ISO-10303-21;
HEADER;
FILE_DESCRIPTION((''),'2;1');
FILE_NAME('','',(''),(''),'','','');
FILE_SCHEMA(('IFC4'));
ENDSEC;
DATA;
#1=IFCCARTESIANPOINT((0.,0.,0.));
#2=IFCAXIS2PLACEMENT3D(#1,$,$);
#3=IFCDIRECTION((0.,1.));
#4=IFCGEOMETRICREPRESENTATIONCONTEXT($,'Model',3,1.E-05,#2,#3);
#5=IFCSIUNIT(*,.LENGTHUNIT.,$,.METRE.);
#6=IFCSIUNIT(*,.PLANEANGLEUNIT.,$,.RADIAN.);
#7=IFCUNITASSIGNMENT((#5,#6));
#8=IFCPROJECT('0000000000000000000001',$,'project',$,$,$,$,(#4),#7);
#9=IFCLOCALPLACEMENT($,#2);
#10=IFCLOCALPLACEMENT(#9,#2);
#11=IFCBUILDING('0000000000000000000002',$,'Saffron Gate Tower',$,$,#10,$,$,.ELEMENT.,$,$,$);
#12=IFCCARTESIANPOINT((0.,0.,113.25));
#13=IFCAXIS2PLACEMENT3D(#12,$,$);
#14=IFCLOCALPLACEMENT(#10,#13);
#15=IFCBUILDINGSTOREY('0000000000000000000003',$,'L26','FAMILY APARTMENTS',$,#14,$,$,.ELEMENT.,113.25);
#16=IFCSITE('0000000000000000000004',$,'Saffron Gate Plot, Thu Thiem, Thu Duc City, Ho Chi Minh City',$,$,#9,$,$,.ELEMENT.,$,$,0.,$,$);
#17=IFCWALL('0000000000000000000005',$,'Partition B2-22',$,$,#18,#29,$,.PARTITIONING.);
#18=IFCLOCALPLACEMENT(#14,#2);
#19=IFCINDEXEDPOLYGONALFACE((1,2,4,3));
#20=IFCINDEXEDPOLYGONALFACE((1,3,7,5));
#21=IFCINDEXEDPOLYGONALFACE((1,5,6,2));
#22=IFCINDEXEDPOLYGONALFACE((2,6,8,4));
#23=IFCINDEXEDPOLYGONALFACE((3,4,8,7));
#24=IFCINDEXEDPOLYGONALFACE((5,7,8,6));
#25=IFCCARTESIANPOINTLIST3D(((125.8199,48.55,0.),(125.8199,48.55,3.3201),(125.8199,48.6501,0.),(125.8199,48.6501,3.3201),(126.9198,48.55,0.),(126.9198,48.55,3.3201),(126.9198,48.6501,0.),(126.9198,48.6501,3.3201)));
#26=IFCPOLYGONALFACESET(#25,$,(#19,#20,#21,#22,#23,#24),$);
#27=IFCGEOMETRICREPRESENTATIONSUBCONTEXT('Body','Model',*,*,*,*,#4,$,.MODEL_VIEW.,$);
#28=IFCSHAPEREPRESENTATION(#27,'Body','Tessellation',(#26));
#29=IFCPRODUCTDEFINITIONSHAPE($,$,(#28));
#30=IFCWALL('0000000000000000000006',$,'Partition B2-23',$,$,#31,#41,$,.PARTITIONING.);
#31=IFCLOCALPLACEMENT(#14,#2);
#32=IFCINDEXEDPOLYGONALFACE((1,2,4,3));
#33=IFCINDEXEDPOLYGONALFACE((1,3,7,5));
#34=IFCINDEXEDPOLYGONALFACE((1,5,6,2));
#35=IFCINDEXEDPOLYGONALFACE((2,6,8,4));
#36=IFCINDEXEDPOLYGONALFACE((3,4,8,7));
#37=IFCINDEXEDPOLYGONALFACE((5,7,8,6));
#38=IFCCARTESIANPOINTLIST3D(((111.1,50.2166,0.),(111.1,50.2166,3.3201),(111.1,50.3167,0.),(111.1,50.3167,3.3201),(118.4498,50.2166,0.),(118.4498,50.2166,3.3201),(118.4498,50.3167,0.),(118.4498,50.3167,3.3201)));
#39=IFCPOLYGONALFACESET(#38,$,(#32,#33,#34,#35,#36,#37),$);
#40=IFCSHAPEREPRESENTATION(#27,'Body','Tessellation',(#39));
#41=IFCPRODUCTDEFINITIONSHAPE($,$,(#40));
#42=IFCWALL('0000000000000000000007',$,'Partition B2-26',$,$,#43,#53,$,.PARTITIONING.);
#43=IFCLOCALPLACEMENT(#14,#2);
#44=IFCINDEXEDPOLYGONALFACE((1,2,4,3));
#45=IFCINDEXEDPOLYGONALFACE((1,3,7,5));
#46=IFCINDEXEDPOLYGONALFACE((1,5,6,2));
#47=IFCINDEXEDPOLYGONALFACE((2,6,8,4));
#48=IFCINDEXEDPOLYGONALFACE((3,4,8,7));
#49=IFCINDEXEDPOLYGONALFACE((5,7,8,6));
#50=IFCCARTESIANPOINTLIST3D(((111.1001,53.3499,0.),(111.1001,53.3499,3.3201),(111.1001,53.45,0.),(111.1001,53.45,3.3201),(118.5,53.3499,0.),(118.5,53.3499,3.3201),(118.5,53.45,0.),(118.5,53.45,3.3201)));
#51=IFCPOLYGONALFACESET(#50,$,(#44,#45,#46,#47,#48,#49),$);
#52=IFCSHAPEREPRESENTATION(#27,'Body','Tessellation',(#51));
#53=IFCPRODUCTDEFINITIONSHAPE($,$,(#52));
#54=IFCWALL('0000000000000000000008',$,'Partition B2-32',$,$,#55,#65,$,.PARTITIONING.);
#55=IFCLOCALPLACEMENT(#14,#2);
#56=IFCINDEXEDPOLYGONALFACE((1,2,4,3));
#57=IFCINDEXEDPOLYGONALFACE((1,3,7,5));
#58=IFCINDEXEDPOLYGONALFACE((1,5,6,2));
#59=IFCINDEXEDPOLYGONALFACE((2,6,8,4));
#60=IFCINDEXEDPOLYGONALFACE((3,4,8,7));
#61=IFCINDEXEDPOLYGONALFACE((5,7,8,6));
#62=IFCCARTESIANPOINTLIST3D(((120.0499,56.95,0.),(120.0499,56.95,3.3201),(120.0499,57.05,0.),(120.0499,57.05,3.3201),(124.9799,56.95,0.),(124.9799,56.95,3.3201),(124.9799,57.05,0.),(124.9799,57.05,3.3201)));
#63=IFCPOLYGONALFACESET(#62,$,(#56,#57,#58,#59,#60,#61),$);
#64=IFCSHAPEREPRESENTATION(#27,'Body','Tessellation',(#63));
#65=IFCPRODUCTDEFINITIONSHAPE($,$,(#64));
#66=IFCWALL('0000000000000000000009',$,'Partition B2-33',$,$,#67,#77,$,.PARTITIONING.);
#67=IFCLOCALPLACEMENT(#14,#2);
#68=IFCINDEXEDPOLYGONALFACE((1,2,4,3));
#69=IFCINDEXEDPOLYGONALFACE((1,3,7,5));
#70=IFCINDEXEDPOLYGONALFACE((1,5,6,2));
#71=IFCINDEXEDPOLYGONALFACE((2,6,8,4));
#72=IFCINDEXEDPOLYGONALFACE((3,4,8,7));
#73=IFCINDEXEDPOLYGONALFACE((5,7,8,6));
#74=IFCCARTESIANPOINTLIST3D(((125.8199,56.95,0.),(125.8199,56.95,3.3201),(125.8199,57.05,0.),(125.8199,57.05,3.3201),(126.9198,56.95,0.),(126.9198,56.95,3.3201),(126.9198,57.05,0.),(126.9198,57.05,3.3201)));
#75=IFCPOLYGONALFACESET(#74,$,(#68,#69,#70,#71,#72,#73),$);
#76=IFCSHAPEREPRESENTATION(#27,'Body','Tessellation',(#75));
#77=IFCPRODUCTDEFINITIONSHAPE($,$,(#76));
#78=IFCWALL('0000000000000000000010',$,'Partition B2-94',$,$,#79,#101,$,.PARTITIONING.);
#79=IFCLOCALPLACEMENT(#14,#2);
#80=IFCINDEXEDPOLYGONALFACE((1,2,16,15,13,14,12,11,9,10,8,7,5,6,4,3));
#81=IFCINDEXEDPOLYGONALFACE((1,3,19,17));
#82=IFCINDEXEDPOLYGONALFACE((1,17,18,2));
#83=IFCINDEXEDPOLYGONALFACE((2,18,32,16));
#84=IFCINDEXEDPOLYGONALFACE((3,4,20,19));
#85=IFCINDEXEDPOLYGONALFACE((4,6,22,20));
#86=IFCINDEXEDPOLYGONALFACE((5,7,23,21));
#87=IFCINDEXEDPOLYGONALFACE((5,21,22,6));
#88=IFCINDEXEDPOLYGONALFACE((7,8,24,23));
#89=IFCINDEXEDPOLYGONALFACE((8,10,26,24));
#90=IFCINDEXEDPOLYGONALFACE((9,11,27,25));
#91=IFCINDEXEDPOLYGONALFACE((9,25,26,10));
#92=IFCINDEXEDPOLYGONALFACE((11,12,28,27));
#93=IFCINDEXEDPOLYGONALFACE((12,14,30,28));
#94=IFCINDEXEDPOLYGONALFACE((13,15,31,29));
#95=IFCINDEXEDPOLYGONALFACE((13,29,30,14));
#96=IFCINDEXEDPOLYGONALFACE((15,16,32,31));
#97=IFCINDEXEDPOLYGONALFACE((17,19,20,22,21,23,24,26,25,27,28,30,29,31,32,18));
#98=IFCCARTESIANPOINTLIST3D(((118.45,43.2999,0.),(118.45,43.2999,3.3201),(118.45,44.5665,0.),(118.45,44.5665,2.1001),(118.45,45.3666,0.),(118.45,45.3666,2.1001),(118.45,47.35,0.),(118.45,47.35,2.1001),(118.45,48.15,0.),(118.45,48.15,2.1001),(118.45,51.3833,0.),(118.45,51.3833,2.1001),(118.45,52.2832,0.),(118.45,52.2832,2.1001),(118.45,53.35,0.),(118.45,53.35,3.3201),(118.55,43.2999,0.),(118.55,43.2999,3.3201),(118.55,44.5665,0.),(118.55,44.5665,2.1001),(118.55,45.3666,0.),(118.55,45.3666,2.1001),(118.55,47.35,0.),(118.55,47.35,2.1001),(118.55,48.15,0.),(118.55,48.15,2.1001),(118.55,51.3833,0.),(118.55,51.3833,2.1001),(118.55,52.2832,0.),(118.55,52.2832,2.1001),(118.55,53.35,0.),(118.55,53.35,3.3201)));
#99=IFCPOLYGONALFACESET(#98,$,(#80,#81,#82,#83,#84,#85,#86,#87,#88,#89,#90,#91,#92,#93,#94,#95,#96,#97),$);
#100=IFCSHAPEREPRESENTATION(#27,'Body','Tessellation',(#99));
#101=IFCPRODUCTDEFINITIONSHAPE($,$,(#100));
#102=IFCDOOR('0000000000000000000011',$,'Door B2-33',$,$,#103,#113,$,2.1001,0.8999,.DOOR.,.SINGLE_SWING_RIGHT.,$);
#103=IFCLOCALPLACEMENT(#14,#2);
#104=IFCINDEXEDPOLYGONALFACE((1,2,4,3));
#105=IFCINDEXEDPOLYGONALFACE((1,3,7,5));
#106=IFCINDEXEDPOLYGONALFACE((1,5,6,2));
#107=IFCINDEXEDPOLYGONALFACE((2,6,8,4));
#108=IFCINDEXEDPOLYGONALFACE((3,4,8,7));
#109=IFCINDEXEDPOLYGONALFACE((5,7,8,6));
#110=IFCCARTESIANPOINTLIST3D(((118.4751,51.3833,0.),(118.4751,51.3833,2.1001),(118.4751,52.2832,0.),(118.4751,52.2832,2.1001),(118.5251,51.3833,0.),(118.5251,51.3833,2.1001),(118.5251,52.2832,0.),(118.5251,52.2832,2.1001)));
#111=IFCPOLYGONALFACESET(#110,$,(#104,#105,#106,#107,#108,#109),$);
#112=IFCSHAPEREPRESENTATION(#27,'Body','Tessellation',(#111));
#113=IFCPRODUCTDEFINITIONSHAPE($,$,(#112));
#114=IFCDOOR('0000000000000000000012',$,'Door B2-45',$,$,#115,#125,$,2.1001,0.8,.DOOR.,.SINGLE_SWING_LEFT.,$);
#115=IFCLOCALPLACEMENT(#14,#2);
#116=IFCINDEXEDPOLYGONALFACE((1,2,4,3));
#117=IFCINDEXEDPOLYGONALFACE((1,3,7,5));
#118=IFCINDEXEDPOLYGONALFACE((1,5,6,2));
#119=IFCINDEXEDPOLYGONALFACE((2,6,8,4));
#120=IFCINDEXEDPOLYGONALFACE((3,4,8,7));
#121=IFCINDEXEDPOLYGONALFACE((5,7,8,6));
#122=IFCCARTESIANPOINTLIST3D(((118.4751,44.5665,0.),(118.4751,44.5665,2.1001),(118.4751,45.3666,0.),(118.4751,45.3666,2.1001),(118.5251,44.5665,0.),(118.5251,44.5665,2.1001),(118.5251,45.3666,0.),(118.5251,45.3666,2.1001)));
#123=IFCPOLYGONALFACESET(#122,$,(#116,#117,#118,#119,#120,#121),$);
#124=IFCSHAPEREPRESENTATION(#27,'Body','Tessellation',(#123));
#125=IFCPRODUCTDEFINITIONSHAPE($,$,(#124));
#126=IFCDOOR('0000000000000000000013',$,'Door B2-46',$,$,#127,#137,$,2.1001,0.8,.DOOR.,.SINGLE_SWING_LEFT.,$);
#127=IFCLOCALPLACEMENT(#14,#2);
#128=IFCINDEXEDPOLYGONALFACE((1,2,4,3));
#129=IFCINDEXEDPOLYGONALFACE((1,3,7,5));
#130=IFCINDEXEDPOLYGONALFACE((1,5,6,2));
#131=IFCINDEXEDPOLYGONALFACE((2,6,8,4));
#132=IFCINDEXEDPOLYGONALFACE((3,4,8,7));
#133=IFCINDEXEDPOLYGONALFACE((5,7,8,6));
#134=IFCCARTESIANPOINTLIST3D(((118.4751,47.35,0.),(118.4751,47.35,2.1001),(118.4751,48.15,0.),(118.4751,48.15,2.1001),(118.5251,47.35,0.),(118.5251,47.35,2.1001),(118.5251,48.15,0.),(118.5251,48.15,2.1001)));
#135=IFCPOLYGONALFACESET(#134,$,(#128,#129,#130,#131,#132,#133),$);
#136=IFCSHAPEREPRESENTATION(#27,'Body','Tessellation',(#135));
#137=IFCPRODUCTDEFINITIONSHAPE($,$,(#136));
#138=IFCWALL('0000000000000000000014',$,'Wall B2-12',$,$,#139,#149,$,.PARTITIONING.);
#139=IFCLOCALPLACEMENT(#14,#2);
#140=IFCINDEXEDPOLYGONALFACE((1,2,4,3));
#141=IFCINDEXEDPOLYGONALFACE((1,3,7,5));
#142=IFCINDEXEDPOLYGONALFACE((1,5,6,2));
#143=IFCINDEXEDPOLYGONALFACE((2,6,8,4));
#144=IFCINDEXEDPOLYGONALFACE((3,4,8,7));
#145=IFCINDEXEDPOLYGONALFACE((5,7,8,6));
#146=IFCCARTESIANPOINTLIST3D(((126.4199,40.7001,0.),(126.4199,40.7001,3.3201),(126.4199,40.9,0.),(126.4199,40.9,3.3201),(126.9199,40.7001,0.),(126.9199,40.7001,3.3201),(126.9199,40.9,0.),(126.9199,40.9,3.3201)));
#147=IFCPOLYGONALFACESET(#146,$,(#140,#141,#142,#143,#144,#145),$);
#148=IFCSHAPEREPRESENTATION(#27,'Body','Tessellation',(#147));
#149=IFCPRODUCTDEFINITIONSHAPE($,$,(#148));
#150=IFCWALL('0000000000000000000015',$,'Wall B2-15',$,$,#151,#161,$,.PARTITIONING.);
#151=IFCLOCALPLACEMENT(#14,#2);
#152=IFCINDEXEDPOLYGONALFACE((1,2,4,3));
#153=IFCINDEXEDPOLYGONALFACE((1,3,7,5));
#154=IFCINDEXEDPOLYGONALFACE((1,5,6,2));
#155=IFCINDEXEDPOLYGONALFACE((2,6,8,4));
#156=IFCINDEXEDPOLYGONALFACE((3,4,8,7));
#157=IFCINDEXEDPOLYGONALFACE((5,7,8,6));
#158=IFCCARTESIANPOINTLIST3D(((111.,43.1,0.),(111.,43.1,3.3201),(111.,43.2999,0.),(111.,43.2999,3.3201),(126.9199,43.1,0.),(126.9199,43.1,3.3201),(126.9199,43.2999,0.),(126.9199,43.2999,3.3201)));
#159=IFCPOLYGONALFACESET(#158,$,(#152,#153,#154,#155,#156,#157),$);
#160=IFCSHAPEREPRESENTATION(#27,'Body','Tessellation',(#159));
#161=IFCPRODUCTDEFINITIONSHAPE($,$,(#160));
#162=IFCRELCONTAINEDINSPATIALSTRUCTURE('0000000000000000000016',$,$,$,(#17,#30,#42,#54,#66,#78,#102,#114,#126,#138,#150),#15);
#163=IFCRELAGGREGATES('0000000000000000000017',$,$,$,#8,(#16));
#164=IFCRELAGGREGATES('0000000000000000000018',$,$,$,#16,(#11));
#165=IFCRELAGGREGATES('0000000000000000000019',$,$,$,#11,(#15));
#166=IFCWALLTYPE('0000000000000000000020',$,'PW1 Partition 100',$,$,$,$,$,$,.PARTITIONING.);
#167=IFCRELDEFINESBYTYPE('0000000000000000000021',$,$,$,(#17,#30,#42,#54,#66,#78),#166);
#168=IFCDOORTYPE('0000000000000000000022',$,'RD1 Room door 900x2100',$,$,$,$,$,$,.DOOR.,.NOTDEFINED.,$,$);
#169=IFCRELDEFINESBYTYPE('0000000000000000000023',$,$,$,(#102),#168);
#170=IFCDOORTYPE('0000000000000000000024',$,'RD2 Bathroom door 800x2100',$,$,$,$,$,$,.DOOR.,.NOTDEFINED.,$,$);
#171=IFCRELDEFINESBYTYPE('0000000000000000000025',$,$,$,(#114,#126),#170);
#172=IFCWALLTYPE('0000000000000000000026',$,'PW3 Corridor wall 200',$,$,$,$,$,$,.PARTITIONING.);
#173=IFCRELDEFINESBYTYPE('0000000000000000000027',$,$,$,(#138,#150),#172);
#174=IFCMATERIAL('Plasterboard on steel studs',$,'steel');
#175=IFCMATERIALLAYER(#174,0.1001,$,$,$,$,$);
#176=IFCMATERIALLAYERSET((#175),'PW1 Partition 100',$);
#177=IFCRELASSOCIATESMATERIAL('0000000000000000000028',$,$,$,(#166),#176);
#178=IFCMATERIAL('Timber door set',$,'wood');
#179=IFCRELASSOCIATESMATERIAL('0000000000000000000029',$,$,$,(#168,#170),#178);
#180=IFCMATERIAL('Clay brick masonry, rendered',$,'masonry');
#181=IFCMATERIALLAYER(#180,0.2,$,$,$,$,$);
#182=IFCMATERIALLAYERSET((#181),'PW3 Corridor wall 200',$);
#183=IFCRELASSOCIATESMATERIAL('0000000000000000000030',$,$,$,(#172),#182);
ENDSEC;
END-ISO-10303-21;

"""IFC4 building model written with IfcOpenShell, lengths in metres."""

from ifc_helpers import new_model, si_unit, direction, frame, frame_2d, origin, place, context, subcontext, project, spatial, rectangle, extrude, material, layer, layer_set, type_object, element, fill, save


model = new_model("IFC4")

# Units and contexts
model_context = context("Model", 3, precision=1e-05, world=origin(), true_north=direction((0.0, 1.0)))
body_context = subcontext(model_context, "Body", "Model", "MODEL_VIEW")
ifc_project = project(units=[si_unit("LENGTHUNIT", "METRE"), si_unit("PLANEANGLEUNIT", "RADIAN")], contexts=[model_context])

# Site, building, storey
site_placement = place(None, origin())
site = spatial("IfcSite", under=ifc_project, at=site_placement, Name="Saffron Gate Plot, Thu Thiem, Thu Duc City, Ho Chi Minh City", CompositionType="ELEMENT", RefElevation=0.0)
building_placement = place(site_placement, origin())
building = spatial("IfcBuilding", under=site, at=building_placement, Name="Saffron Gate Tower", CompositionType="ELEMENT")
storey_placement = place(building_placement, frame((0.0, 0.0, 113.25)))
storey = spatial("IfcBuildingStorey", under=building, at=storey_placement, Name="L26", Description="FAMILY APARTMENTS", CompositionType="ELEMENT", Elevation=113.25)

# Walls
ifc_material_1 = material(Name="Plasterboard on steel studs", Category="steel")
ifc_layer_1 = layer(ifc_material_1, 0.1001)
ifc_layer_set_1 = layer_set([ifc_layer_1], Name="PW1 Partition 100")
wall_type_1 = type_object("IfcWallType", Name="PW1 Partition 100", PredefinedType="PARTITIONING", material=ifc_layer_set_1)
wall_1_placement = place(storey_placement, frame((125.8201, 48.6001, 0.0), z_axis=(0.0, 0.0, 1.0), x_axis=(1.0, 0.0, 0.0)))
element("IfcWall", 1, at=wall_1_placement, inside=storey, type_object=wall_type_1, Name="Partition B2-22", PredefinedType="PARTITIONING", context=body_context, shape_type="SweptSolid", body=[
    extrude(rectangle(XDim=1.0999, YDim=0.1001, at=frame_2d((0.5498, 0.0))), origin(), (0.0, 0.0, 1.0), 3.3201),
])
wall_2_placement = place(storey_placement, frame((111.1001, 50.2666, 0.0), z_axis=(0.0, 0.0, 1.0), x_axis=(1.0, 0.0, 0.0)))
element("IfcWall", 2, at=wall_2_placement, inside=storey, type_object=wall_type_1, Name="Partition B2-23", PredefinedType="PARTITIONING", context=body_context, shape_type="SweptSolid", body=[
    extrude(rectangle(XDim=7.3499, YDim=0.1001, at=frame_2d((3.6748, 0.0))), origin(), (0.0, 0.0, 1.0), 3.3201),
])
wall_3_placement = place(storey_placement, frame((111.1001, 53.3999, 0.0), z_axis=(0.0, 0.0, 1.0), x_axis=(1.0, 0.0, 0.0)))
element("IfcWall", 3, at=wall_3_placement, inside=storey, type_object=wall_type_1, Name="Partition B2-26", PredefinedType="PARTITIONING", context=body_context, shape_type="SweptSolid", body=[
    extrude(rectangle(XDim=7.3999, YDim=0.1001, at=frame_2d((3.7, 0.0))), origin(), (0.0, 0.0, 1.0), 3.3201),
])
wall_4_placement = place(storey_placement, frame((120.05, 57.0, 0.0), z_axis=(0.0, 0.0, 1.0), x_axis=(1.0, 0.0, 0.0)))
element("IfcWall", 4, at=wall_4_placement, inside=storey, type_object=wall_type_1, Name="Partition B2-32", PredefinedType="PARTITIONING", context=body_context, shape_type="SweptSolid", body=[
    extrude(rectangle(XDim=4.9299, YDim=0.1001, at=frame_2d((2.4648, 0.0))), origin(), (0.0, 0.0, 1.0), 3.3201),
])
wall_5_placement = place(storey_placement, frame((125.8201, 57.0, 0.0), z_axis=(0.0, 0.0, 1.0), x_axis=(1.0, 0.0, 0.0)))
element("IfcWall", 5, at=wall_5_placement, inside=storey, type_object=wall_type_1, Name="Partition B2-33", PredefinedType="PARTITIONING", context=body_context, shape_type="SweptSolid", body=[
    extrude(rectangle(XDim=1.0999, YDim=0.1001, at=frame_2d((0.5498, 0.0))), origin(), (0.0, 0.0, 1.0), 3.3201),
])

# Wall, openings, doors
wall_6_placement = place(storey_placement, frame((118.5, 43.3, 0.0), z_axis=(0.0, 0.0, 1.0), x_axis=(0.0, 1.0, 0.0)))
wall_6 = element("IfcWall", 6, at=wall_6_placement, inside=storey, type_object=wall_type_1, Name="Partition B2-94", PredefinedType="PARTITIONING", context=body_context, shape_type="SweptSolid", body=[
    extrude(rectangle(XDim=10.05, YDim=0.1001, at=frame_2d((5.0249, 0.0))), origin(), (0.0, 0.0, 1.0), 3.3201),
])
opening_1_placement = place(wall_6_placement, frame((1.2666, 0.0, 0.0)))
opening_1 = element("IfcOpeningElement", 7, at=opening_1_placement, cuts=wall_6, PredefinedType="OPENING", context=body_context, shape_type="SweptSolid", body=[
    extrude(rectangle(XDim=0.8, YDim=2.1001, at=frame_2d((0.3999, 1.05))), frame((0.0, 0.0601, 0.0), z_axis=(0.0, -1.0, 0.0), x_axis=(1.0, 0.0, 0.0)), (0.0, 0.0, 1.0), 0.1201),
])
opening_2_placement = place(wall_6_placement, frame((4.05, 0.0, 0.0)))
opening_2 = element("IfcOpeningElement", 8, at=opening_2_placement, cuts=wall_6, PredefinedType="OPENING", context=body_context, shape_type="SweptSolid", body=[
    extrude(rectangle(XDim=0.8, YDim=2.1001, at=frame_2d((0.3999, 1.05))), frame((0.0, 0.0601, 0.0), z_axis=(0.0, -1.0, 0.0), x_axis=(1.0, 0.0, 0.0)), (0.0, 0.0, 1.0), 0.1201),
])
opening_3_placement = place(wall_6_placement, frame((8.0833, 0.0, 0.0)))
opening_3 = element("IfcOpeningElement", 9, at=opening_3_placement, cuts=wall_6, PredefinedType="OPENING", context=body_context, shape_type="SweptSolid", body=[
    extrude(rectangle(XDim=0.8999, YDim=2.1001, at=frame_2d((0.45, 1.05))), frame((0.0, 0.0601, 0.0), z_axis=(0.0, -1.0, 0.0), x_axis=(1.0, 0.0, 0.0)), (0.0, 0.0, 1.0), 0.1201),
])
ifc_material_2 = material(Name="Timber door set", Category="wood")
door_type_1 = type_object("IfcDoorType", Name="RD1 Room door 900x2100", OperationType="NOTDEFINED", PredefinedType="DOOR", material=ifc_material_2)
door_1_placement = place(opening_3_placement, origin())
door_1 = element("IfcDoor", 10, at=door_1_placement, inside=storey, type_object=door_type_1, Name="Door B2-33", OperationType="SINGLE_SWING_RIGHT", OverallHeight=2.1001, OverallWidth=0.8999, PredefinedType="DOOR", context=body_context, shape_type="SweptSolid", body=[
    extrude(rectangle(XDim=0.8999, YDim=2.1001, at=frame_2d((0.45, 1.05))), frame((0.0, 0.0249, 0.0), z_axis=(0.0, -1.0, 0.0), x_axis=(1.0, 0.0, 0.0)), (0.0, 0.0, 1.0), 0.05),
])
fill(opening_3, door_1)
door_type_2 = type_object("IfcDoorType", Name="RD2 Bathroom door 800x2100", OperationType="NOTDEFINED", PredefinedType="DOOR", material=ifc_material_2)
door_2_placement = place(opening_1_placement, origin())
door_2 = element("IfcDoor", 11, at=door_2_placement, inside=storey, type_object=door_type_2, Name="Door B2-45", OperationType="SINGLE_SWING_LEFT", OverallHeight=2.1001, OverallWidth=0.8, PredefinedType="DOOR", context=body_context, shape_type="SweptSolid", body=[
    extrude(rectangle(XDim=0.8, YDim=2.1001, at=frame_2d((0.3999, 1.05))), frame((0.0, 0.0249, 0.0), z_axis=(0.0, -1.0, 0.0), x_axis=(1.0, 0.0, 0.0)), (0.0, 0.0, 1.0), 0.05),
])
fill(opening_1, door_2)
door_3_placement = place(opening_2_placement, origin())
door_3 = element("IfcDoor", 12, at=door_3_placement, inside=storey, type_object=door_type_2, Name="Door B2-46", OperationType="SINGLE_SWING_LEFT", OverallHeight=2.1001, OverallWidth=0.8, PredefinedType="DOOR", context=body_context, shape_type="SweptSolid", body=[
    extrude(rectangle(XDim=0.8, YDim=2.1001, at=frame_2d((0.3999, 1.05))), frame((0.0, 0.0249, 0.0), z_axis=(0.0, -1.0, 0.0), x_axis=(1.0, 0.0, 0.0)), (0.0, 0.0, 1.0), 0.05),
])
fill(opening_2, door_3)

# Walls
ifc_material_3 = material(Name="Clay brick masonry, rendered", Category="masonry")
ifc_layer_2 = layer(ifc_material_3, 0.2)
ifc_layer_set_2 = layer_set([ifc_layer_2], Name="PW3 Corridor wall 200")
wall_type_2 = type_object("IfcWallType", Name="PW3 Corridor wall 200", PredefinedType="PARTITIONING", material=ifc_layer_set_2)
wall_7_placement = place(storey_placement, frame((126.4199, 40.8, 0.0), z_axis=(0.0, 0.0, 1.0), x_axis=(1.0, 0.0, 0.0)))
element("IfcWall", 13, at=wall_7_placement, inside=storey, type_object=wall_type_2, Name="Wall B2-12", PredefinedType="PARTITIONING", context=body_context, shape_type="SweptSolid", body=[
    extrude(rectangle(XDim=0.5, YDim=0.2, at=frame_2d((0.25, 0.0))), origin(), (0.0, 0.0, 1.0), 3.3201),
])
wall_8_placement = place(storey_placement, frame((111.0, 43.2, 0.0), z_axis=(0.0, 0.0, 1.0), x_axis=(1.0, 0.0, 0.0)))
element("IfcWall", 14, at=wall_8_placement, inside=storey, type_object=wall_type_2, Name="Wall B2-15", PredefinedType="PARTITIONING", context=body_context, shape_type="SweptSolid", body=[
    extrude(rectangle(XDim=15.9199, YDim=0.2, at=frame_2d((7.96, 0.0))), origin(), (0.0, 0.0, 1.0), 3.3201),
])

save(model, "model.ifc")
